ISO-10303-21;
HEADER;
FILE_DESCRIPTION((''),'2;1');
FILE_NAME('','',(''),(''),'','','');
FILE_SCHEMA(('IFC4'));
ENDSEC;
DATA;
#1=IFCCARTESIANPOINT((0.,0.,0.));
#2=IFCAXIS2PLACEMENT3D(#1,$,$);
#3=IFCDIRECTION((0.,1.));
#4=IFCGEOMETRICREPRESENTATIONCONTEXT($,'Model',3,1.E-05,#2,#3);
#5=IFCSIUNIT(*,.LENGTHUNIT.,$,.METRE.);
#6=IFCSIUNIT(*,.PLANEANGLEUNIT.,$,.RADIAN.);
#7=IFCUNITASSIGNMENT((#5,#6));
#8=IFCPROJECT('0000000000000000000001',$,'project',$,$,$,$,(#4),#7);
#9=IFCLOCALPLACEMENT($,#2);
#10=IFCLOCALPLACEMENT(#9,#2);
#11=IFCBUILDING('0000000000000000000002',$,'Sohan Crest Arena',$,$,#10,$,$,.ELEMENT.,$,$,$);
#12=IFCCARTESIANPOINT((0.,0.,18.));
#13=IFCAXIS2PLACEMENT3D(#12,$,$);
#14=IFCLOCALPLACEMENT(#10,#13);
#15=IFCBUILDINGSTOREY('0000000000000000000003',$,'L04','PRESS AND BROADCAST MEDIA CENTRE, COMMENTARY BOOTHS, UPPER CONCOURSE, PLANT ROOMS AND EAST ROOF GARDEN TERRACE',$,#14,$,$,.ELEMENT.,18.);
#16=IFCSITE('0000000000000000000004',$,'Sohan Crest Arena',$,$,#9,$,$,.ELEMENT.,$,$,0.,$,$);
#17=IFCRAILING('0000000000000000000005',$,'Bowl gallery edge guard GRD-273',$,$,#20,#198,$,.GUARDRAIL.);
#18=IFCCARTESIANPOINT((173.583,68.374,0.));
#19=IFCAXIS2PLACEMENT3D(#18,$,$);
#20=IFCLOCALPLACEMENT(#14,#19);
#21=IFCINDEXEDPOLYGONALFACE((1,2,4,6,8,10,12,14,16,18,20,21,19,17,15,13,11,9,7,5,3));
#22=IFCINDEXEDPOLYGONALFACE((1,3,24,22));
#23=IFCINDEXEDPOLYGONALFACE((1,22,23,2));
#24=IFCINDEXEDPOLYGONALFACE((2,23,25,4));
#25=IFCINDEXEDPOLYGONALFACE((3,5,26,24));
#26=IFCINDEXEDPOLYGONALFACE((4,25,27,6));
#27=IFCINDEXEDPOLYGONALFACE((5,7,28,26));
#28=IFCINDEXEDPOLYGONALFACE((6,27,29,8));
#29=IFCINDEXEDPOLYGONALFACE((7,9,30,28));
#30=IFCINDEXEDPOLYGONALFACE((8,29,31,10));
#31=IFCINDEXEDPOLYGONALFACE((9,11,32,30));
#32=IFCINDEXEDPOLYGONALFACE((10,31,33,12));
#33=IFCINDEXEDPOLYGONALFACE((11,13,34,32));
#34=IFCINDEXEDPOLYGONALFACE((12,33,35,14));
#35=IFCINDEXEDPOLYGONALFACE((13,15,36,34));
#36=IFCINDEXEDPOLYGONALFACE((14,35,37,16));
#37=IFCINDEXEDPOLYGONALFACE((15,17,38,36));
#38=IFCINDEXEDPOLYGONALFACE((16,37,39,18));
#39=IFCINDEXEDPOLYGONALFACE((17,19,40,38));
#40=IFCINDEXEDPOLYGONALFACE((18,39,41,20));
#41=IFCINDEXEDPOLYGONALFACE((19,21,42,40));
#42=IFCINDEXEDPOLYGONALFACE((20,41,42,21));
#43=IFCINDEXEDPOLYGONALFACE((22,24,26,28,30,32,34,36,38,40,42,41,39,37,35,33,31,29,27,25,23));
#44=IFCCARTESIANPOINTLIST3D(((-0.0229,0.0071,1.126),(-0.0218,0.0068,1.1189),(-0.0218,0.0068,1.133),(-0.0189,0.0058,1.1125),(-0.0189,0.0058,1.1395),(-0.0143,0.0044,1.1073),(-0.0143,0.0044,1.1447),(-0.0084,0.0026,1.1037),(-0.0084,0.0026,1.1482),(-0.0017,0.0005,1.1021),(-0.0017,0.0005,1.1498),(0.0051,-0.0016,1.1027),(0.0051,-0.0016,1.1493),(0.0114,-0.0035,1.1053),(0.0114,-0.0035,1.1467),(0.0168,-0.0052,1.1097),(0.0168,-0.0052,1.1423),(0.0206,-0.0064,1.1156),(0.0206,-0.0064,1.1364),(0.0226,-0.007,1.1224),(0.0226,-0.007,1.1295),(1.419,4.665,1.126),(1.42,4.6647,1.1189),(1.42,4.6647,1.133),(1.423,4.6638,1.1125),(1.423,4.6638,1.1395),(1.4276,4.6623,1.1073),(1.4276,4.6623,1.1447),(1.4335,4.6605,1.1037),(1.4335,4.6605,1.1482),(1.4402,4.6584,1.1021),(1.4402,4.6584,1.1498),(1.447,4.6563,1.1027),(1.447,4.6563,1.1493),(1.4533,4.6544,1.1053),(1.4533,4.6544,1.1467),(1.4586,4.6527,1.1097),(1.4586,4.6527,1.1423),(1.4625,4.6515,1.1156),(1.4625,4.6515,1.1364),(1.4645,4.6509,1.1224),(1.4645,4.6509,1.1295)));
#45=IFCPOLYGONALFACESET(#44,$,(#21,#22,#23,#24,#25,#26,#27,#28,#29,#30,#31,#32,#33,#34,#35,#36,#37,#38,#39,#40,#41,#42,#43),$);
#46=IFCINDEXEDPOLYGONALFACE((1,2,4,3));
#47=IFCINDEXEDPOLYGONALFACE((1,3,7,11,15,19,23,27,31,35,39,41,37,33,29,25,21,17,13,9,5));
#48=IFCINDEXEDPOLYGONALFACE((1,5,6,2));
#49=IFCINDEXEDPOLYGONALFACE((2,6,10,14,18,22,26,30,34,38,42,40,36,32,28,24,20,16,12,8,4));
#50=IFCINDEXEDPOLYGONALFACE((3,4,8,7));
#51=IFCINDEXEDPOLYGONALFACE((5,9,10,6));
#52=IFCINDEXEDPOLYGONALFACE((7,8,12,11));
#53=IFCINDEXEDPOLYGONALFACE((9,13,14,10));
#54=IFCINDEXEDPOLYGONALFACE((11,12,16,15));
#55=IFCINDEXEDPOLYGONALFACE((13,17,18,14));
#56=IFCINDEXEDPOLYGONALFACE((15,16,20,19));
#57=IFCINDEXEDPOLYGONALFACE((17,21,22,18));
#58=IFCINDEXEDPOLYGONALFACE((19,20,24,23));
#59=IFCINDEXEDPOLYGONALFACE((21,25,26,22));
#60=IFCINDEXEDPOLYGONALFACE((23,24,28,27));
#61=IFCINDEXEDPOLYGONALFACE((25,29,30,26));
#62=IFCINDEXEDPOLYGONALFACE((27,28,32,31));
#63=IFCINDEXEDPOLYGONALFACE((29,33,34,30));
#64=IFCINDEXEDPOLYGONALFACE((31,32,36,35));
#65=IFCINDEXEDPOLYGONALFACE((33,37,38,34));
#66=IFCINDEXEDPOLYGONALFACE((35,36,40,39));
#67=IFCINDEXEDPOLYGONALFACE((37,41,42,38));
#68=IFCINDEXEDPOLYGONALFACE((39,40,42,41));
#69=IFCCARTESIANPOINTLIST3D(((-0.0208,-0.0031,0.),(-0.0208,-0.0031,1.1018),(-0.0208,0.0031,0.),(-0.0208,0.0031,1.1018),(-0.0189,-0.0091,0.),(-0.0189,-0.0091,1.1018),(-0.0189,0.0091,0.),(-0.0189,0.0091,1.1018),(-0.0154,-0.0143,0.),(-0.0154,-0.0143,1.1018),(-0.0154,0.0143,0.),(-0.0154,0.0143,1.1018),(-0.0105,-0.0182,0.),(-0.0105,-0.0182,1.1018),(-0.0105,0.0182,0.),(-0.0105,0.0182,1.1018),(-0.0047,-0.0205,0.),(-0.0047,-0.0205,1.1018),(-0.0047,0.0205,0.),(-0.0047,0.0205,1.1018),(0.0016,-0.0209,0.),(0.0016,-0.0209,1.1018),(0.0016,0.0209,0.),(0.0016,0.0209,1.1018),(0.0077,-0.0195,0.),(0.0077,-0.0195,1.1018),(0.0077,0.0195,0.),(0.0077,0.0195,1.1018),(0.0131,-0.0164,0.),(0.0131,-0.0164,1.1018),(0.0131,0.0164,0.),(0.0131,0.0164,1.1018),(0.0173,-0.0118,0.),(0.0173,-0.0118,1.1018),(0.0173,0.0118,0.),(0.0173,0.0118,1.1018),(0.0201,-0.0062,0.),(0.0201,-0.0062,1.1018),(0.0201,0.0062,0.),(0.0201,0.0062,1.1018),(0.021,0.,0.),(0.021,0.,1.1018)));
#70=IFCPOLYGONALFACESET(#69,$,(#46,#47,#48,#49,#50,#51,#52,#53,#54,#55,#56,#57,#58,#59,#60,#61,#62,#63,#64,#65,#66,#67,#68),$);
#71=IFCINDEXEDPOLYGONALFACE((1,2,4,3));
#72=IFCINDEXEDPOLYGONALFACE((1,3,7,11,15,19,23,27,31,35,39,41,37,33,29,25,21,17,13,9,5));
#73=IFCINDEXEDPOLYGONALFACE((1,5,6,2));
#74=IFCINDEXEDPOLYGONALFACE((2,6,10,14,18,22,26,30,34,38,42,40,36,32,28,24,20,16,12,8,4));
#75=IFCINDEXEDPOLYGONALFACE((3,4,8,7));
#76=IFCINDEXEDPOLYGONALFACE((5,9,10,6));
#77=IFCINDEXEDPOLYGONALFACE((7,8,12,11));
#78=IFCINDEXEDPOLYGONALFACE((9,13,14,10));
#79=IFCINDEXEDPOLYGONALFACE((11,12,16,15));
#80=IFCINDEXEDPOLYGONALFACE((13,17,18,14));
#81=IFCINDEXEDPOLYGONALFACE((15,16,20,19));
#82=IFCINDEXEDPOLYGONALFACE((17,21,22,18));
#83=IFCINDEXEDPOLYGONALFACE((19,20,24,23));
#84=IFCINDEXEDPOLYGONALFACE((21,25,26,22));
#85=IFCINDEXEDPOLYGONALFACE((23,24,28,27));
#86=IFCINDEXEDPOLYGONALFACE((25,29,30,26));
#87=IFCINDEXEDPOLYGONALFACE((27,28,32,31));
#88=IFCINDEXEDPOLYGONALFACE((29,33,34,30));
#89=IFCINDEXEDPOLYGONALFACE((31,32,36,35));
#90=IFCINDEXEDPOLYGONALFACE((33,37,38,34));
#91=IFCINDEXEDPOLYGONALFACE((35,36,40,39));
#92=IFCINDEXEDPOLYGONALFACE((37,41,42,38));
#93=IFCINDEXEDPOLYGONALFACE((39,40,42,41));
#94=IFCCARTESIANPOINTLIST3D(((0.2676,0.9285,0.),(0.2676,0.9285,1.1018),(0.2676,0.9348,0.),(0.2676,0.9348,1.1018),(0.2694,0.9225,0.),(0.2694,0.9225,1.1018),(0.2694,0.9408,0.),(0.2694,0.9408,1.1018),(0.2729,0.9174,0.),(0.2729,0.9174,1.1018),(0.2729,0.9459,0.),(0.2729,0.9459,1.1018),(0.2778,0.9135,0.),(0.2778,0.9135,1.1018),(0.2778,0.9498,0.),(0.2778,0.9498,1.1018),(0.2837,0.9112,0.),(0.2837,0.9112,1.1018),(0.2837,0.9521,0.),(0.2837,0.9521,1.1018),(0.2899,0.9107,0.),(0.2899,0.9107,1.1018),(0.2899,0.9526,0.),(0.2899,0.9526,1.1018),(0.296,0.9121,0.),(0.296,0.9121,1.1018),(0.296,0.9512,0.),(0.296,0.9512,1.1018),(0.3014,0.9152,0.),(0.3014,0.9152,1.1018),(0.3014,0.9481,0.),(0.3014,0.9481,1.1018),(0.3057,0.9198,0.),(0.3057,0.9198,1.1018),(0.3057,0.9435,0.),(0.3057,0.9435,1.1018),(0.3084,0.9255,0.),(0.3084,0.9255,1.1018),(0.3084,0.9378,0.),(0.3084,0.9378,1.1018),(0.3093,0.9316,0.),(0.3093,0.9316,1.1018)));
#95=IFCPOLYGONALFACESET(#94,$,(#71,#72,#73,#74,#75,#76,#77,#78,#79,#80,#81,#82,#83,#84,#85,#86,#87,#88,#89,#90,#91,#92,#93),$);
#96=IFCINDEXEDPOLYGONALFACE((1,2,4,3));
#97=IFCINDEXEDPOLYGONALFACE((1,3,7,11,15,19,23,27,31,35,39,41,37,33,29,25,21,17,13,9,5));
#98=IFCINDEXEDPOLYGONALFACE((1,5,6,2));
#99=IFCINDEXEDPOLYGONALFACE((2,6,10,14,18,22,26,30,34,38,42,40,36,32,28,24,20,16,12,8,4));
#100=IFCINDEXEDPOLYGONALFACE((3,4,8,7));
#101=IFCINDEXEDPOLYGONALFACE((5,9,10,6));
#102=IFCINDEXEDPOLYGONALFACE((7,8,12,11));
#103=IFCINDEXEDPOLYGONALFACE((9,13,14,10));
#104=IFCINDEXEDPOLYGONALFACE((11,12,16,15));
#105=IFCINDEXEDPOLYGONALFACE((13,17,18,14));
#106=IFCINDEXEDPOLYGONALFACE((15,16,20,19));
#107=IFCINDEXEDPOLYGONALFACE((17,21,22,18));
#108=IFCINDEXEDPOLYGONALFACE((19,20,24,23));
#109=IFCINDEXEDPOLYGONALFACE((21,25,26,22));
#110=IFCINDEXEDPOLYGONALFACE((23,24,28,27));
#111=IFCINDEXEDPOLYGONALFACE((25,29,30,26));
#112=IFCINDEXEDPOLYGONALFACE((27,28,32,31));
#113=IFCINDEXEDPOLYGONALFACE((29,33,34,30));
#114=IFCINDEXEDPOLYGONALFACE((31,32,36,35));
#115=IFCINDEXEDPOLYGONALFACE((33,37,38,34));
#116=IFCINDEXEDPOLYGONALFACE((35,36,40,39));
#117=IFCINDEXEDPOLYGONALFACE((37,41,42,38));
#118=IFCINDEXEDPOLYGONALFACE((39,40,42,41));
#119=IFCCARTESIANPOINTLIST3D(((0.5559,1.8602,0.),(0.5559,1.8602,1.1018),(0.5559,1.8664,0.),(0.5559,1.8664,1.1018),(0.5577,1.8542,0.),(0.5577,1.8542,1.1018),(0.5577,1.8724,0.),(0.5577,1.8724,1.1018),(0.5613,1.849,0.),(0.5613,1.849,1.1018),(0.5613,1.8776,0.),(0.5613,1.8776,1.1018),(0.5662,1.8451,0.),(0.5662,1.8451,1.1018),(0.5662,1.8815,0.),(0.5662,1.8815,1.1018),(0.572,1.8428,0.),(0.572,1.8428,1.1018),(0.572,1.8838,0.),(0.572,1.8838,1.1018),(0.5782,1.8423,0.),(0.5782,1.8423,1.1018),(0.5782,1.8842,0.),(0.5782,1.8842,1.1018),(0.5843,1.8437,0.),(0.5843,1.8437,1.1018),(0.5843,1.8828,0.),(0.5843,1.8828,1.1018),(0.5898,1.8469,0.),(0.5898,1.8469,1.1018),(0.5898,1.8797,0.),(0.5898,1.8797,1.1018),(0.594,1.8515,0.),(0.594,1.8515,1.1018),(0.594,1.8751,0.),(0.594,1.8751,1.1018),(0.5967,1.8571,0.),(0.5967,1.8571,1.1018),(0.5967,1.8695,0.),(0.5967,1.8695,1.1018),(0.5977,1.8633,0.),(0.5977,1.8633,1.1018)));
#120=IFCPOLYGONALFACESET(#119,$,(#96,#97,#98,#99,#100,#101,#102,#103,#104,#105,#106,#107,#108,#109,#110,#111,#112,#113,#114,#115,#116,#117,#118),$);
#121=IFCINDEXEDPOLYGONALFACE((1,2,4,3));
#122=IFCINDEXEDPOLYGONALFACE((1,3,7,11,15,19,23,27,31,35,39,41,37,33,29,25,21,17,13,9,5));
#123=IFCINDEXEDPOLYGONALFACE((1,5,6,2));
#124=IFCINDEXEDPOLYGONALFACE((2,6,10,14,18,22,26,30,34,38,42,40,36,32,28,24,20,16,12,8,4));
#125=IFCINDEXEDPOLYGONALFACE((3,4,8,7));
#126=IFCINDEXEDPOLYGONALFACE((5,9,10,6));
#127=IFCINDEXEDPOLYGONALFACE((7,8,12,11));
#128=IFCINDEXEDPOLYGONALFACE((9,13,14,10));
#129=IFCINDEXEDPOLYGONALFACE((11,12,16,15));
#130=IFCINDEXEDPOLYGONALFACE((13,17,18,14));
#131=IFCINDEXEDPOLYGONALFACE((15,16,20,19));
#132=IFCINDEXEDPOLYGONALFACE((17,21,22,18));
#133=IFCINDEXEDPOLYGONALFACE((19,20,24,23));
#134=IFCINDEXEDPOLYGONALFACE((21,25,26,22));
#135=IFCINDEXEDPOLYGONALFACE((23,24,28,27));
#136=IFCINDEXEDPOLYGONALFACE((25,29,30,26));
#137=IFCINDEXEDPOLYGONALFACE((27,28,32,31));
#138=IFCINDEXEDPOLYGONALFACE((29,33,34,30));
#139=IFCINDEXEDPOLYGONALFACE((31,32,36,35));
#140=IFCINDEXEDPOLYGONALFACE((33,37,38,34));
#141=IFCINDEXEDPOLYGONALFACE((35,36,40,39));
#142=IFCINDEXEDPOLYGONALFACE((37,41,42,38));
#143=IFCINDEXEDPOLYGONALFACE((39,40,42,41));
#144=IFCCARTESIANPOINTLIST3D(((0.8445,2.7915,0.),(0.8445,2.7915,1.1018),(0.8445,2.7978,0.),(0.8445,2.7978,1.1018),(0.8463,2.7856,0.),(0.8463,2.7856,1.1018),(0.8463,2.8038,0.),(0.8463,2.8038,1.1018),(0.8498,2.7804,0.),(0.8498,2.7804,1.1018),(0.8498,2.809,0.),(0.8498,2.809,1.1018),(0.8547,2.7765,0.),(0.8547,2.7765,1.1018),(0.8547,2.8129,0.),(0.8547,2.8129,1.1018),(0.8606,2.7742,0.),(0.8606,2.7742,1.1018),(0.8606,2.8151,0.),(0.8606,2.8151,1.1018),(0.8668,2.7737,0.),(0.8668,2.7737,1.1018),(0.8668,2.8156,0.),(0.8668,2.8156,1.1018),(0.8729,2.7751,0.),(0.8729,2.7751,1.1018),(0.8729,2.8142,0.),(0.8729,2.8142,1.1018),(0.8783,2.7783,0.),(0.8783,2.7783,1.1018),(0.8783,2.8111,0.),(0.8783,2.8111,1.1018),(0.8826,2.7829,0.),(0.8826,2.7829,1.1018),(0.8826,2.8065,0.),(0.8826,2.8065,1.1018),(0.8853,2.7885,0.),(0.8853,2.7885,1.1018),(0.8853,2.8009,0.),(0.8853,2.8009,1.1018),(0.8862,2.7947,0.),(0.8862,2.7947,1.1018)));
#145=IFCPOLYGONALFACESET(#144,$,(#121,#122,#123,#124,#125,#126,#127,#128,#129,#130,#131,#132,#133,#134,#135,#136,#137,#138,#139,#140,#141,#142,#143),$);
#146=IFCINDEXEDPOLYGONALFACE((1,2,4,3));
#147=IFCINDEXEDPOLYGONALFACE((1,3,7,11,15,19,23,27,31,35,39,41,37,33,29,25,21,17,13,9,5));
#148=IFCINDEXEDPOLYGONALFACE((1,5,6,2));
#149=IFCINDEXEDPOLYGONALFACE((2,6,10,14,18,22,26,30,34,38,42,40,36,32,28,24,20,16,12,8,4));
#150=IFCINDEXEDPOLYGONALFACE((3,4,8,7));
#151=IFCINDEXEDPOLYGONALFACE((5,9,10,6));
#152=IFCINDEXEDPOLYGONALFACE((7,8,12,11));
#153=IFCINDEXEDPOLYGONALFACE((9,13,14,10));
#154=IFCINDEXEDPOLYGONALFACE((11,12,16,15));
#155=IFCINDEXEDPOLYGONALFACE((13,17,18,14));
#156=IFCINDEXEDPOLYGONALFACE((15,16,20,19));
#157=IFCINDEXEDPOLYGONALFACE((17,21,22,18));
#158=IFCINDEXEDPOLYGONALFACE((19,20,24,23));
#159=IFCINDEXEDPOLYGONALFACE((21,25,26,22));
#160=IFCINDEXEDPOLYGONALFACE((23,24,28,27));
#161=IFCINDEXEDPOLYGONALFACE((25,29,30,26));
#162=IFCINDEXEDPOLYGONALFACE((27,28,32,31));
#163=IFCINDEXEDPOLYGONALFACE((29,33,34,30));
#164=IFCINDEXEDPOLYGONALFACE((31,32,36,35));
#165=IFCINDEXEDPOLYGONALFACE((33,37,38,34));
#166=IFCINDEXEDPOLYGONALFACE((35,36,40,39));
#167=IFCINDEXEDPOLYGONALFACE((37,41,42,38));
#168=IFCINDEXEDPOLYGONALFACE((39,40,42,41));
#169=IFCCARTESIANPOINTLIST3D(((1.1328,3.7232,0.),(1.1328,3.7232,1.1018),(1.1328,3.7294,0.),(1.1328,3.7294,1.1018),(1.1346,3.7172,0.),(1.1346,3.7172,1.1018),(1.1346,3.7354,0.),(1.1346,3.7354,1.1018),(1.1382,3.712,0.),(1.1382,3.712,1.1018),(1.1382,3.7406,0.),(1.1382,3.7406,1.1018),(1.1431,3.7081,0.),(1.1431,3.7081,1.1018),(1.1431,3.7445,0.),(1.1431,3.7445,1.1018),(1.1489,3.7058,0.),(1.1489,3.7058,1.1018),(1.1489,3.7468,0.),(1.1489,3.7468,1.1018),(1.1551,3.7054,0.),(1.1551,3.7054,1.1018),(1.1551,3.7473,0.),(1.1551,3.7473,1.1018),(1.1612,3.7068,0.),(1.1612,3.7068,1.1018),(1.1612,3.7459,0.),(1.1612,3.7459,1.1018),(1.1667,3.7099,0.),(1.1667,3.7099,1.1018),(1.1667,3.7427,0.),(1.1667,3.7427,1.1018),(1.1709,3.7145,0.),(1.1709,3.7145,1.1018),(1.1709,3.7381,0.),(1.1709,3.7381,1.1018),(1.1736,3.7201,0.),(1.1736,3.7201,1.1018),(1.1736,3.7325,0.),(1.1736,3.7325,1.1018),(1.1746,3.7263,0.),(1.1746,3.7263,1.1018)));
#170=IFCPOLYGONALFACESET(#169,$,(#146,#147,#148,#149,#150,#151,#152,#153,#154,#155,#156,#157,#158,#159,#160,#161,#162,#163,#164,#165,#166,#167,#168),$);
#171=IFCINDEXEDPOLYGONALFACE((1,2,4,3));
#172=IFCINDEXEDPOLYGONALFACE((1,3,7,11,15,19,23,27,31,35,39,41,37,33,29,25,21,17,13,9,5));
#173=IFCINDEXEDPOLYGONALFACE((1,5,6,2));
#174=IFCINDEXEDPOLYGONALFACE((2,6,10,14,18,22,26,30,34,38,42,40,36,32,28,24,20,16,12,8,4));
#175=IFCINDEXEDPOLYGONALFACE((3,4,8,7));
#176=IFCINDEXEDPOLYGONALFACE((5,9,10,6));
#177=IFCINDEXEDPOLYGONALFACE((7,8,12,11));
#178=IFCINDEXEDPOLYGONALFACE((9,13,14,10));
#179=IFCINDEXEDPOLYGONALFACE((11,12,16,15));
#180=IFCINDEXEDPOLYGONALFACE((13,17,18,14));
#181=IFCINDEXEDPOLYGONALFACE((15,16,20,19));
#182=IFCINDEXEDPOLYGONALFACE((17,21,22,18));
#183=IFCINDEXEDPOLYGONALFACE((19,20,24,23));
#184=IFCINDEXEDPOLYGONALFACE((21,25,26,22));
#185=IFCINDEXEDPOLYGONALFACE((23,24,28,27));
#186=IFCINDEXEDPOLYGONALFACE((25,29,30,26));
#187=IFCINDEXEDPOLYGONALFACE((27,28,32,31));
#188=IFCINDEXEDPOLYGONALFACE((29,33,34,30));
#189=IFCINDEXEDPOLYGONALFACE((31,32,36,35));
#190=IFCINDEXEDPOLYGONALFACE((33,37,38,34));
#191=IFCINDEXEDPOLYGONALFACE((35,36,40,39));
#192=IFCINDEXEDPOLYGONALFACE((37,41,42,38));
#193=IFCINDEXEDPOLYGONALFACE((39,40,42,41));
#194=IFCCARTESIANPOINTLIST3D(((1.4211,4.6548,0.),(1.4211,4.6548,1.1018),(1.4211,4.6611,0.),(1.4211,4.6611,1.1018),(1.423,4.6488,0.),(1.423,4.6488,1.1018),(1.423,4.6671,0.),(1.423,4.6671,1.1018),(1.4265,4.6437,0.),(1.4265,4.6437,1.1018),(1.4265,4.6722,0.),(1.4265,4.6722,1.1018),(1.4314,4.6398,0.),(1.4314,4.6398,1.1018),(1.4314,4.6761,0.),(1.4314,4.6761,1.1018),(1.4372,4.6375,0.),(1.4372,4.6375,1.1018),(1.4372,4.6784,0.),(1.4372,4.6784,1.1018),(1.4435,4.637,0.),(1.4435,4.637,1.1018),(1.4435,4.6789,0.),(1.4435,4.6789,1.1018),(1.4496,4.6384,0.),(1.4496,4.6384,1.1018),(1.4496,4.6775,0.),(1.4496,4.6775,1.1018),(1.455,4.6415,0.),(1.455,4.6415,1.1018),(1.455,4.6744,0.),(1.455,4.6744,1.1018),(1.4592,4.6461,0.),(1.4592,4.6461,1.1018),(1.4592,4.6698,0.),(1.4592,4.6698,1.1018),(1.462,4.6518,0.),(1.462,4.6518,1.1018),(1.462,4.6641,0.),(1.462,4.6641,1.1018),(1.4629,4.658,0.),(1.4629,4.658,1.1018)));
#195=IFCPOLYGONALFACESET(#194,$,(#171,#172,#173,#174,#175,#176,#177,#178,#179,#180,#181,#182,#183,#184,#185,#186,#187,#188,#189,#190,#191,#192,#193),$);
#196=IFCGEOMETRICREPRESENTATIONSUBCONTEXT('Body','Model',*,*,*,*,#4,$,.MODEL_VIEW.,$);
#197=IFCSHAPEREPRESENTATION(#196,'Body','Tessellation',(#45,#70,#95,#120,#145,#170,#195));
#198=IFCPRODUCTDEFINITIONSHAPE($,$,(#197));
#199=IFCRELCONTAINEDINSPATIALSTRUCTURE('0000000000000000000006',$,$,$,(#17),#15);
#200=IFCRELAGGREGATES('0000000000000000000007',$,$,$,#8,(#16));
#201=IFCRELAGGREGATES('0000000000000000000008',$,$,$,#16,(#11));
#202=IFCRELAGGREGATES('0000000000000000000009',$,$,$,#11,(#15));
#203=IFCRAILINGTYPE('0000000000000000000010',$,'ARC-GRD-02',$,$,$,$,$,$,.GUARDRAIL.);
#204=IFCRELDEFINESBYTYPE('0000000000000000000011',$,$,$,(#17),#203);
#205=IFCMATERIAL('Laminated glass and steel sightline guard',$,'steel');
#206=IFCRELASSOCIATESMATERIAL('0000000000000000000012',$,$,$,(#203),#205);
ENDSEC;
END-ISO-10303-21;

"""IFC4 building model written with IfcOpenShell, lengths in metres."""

from ifc_helpers import new_model, si_unit, direction, frame, origin, origin_2d, place, context, subcontext, project, spatial, circle, extrude, material, type_object, element, save


model = new_model("IFC4")

# Units and contexts
model_context = context("Model", 3, precision=1e-05, world=origin(), true_north=direction((0.0, 1.0)))
body_context = subcontext(model_context, "Body", "Model", "MODEL_VIEW")
ifc_project = project(units=[si_unit("LENGTHUNIT", "METRE"), si_unit("PLANEANGLEUNIT", "RADIAN")], contexts=[model_context])

# Site, building, storey
site_placement = place(None, origin())
site = spatial("IfcSite", under=ifc_project, at=site_placement, Name="Sohan Crest Arena", CompositionType="ELEMENT", RefElevation=0.0)
building_placement = place(site_placement, origin())
building = spatial("IfcBuilding", under=site, at=building_placement, Name="Sohan Crest Arena", CompositionType="ELEMENT")
storey_placement = place(building_placement, frame((0.0, 0.0, 18.0)))
storey = spatial("IfcBuildingStorey", under=building, at=storey_placement, Name="L04", Description="PRESS AND BROADCAST MEDIA CENTRE, COMMENTARY BOOTHS, UPPER CONCOURSE, PLANT ROOMS AND EAST ROOF GARDEN TERRACE", CompositionType="ELEMENT", Elevation=18.0)

# Railing
ifc_material_1 = material(Name="Laminated glass and steel sightline guard", Category="steel")
railing_type = type_object("IfcRailingType", Name="ARC-GRD-02", PredefinedType="GUARDRAIL", material=ifc_material_1)
railing_1_placement = place(storey_placement, frame((173.583, 68.374, 0.0)))
element("IfcRailing", 1, at=railing_1_placement, inside=storey, type_object=railing_type, Name="Bowl gallery edge guard GRD-273", PredefinedType="GUARDRAIL", context=body_context, shape_type="SweptSolid", body=[
    extrude(circle(Radius=0.0239, at=origin_2d()), frame((0.0, 0.0, 1.126), z_axis=(0.295711, 0.955277, 0.0), x_axis=(-0.955277, 0.295711, 0.0)), (0.0, 0.0, 1.0), 4.876),
    extrude(circle(Radius=0.021, at=origin_2d()), origin(), (0.0, 0.0, 1.0), 1.1018),
    extrude(circle(Radius=0.021, at=origin_2d()), frame((0.2883, 0.9316, 0.0)), (0.0, 0.0, 1.0), 1.1018),
    extrude(circle(Radius=0.021, at=origin_2d()), frame((0.5767, 1.8633, 0.0)), (0.0, 0.0, 1.0), 1.1018),
    extrude(circle(Radius=0.021, at=origin_2d()), frame((0.8652, 2.7947, 0.0)), (0.0, 0.0, 1.0), 1.1018),
    extrude(circle(Radius=0.021, at=origin_2d()), frame((1.1536, 3.7263, 0.0)), (0.0, 0.0, 1.0), 1.1018),
    extrude(circle(Radius=0.021, at=origin_2d()), frame((1.4419, 4.658, 0.0)), (0.0, 0.0, 1.0), 1.1018),
])

save(model, "model.ifc")
